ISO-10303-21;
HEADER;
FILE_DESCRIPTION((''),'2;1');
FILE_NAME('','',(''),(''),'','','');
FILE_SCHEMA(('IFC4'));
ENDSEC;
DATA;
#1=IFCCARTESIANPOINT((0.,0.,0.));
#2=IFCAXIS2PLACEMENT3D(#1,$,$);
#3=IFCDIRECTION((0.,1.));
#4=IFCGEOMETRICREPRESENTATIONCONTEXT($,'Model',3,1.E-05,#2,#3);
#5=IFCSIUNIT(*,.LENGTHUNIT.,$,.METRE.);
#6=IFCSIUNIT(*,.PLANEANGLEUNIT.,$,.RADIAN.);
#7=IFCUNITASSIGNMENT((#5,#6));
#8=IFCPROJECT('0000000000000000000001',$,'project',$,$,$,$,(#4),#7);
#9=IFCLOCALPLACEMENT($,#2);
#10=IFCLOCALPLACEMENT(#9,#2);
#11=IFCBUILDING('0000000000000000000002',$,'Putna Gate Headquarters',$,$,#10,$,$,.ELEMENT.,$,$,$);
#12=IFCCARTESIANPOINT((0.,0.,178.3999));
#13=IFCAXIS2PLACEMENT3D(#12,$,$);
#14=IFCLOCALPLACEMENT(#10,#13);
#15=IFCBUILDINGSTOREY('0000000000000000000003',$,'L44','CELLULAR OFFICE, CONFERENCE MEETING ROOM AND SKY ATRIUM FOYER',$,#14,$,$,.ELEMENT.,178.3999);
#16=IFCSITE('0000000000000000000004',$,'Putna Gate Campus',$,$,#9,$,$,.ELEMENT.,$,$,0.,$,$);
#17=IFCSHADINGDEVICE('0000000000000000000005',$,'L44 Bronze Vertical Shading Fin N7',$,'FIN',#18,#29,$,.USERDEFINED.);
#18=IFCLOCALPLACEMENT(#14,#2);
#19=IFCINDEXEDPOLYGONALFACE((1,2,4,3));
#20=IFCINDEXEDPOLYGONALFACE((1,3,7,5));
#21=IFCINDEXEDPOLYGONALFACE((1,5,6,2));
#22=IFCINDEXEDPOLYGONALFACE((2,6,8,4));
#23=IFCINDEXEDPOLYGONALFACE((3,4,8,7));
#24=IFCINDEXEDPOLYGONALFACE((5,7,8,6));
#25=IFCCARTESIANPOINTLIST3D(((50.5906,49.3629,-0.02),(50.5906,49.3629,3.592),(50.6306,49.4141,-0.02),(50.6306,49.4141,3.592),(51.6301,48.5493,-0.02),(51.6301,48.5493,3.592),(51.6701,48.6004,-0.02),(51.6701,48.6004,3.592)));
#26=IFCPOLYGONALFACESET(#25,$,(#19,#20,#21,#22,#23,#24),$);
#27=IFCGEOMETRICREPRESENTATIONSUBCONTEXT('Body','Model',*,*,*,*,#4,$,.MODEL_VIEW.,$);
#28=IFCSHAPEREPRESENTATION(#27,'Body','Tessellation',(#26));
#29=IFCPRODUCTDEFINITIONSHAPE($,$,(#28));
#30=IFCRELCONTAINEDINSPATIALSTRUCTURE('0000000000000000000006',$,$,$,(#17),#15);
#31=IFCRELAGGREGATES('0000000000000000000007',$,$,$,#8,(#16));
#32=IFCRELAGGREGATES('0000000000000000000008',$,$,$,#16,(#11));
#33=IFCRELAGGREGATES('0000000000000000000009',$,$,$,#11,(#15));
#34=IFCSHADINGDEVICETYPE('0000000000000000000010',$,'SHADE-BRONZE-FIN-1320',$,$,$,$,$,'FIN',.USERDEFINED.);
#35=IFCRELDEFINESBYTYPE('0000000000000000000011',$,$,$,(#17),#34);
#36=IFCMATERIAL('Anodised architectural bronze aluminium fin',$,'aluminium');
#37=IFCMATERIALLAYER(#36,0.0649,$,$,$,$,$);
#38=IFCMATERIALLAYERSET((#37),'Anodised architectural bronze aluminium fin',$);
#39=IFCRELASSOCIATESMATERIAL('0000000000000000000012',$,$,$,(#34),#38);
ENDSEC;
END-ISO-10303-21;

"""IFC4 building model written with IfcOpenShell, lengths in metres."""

from ifc_helpers import new_model, si_unit, direction, frame, origin, origin_2d, place, context, subcontext, project, spatial, rectangle, extrude, material, layer, layer_set, type_object, element, save


model = new_model("IFC4")

# Units and contexts
model_context = context("Model", 3, precision=1e-05, world=origin(), true_north=direction((0.0, 1.0)))
body_context = subcontext(model_context, "Body", "Model", "MODEL_VIEW")
ifc_project = project(units=[si_unit("LENGTHUNIT", "METRE"), si_unit("PLANEANGLEUNIT", "RADIAN")], contexts=[model_context])

# Site, building, storey
site_placement = place(None, origin())
site = spatial("IfcSite", under=ifc_project, at=site_placement, Name="Putna Gate Campus", CompositionType="ELEMENT", RefElevation=0.0)
building_placement = place(site_placement, origin())
building = spatial("IfcBuilding", under=site, at=building_placement, Name="Putna Gate Headquarters", CompositionType="ELEMENT")
storey_placement = place(building_placement, frame((0.0, 0.0, 178.3999)))
storey = spatial("IfcBuildingStorey", under=building, at=storey_placement, Name="L44", Description="CELLULAR OFFICE, CONFERENCE MEETING ROOM AND SKY ATRIUM FOYER", CompositionType="ELEMENT", Elevation=178.3999)

# Shading device
ifc_material_1 = material(Name="Anodised architectural bronze aluminium fin", Category="aluminium")
ifc_layer_1 = layer(ifc_material_1, 0.0649)
ifc_layer_set_1 = layer_set([ifc_layer_1], Name="Anodised architectural bronze aluminium fin")
shading_device_type = type_object("IfcShadingDeviceType", Name="SHADE-BRONZE-FIN-1320", ElementType="FIN", PredefinedType="USERDEFINED", material=ifc_layer_set_1)
shading_device_placement = place(storey_placement, frame((51.1304, 48.9817, -0.02), z_axis=(0.0, 0.0, 1.0), x_axis=(-0.787473, 0.616349, 0.0)))
element("IfcShadingDevice", 1, at=shading_device_placement, inside=storey, type_object=shading_device_type, Name="L44 Bronze Vertical Shading Fin N7", ObjectType="FIN", PredefinedType="USERDEFINED", context=body_context, shape_type="SweptSolid", body=[
    extrude(rectangle(XDim=1.3201, YDim=0.0649, at=origin_2d()), origin(), (0.0, 0.0, 1.0), 3.6121),
])

save(model, "model.ifc")
